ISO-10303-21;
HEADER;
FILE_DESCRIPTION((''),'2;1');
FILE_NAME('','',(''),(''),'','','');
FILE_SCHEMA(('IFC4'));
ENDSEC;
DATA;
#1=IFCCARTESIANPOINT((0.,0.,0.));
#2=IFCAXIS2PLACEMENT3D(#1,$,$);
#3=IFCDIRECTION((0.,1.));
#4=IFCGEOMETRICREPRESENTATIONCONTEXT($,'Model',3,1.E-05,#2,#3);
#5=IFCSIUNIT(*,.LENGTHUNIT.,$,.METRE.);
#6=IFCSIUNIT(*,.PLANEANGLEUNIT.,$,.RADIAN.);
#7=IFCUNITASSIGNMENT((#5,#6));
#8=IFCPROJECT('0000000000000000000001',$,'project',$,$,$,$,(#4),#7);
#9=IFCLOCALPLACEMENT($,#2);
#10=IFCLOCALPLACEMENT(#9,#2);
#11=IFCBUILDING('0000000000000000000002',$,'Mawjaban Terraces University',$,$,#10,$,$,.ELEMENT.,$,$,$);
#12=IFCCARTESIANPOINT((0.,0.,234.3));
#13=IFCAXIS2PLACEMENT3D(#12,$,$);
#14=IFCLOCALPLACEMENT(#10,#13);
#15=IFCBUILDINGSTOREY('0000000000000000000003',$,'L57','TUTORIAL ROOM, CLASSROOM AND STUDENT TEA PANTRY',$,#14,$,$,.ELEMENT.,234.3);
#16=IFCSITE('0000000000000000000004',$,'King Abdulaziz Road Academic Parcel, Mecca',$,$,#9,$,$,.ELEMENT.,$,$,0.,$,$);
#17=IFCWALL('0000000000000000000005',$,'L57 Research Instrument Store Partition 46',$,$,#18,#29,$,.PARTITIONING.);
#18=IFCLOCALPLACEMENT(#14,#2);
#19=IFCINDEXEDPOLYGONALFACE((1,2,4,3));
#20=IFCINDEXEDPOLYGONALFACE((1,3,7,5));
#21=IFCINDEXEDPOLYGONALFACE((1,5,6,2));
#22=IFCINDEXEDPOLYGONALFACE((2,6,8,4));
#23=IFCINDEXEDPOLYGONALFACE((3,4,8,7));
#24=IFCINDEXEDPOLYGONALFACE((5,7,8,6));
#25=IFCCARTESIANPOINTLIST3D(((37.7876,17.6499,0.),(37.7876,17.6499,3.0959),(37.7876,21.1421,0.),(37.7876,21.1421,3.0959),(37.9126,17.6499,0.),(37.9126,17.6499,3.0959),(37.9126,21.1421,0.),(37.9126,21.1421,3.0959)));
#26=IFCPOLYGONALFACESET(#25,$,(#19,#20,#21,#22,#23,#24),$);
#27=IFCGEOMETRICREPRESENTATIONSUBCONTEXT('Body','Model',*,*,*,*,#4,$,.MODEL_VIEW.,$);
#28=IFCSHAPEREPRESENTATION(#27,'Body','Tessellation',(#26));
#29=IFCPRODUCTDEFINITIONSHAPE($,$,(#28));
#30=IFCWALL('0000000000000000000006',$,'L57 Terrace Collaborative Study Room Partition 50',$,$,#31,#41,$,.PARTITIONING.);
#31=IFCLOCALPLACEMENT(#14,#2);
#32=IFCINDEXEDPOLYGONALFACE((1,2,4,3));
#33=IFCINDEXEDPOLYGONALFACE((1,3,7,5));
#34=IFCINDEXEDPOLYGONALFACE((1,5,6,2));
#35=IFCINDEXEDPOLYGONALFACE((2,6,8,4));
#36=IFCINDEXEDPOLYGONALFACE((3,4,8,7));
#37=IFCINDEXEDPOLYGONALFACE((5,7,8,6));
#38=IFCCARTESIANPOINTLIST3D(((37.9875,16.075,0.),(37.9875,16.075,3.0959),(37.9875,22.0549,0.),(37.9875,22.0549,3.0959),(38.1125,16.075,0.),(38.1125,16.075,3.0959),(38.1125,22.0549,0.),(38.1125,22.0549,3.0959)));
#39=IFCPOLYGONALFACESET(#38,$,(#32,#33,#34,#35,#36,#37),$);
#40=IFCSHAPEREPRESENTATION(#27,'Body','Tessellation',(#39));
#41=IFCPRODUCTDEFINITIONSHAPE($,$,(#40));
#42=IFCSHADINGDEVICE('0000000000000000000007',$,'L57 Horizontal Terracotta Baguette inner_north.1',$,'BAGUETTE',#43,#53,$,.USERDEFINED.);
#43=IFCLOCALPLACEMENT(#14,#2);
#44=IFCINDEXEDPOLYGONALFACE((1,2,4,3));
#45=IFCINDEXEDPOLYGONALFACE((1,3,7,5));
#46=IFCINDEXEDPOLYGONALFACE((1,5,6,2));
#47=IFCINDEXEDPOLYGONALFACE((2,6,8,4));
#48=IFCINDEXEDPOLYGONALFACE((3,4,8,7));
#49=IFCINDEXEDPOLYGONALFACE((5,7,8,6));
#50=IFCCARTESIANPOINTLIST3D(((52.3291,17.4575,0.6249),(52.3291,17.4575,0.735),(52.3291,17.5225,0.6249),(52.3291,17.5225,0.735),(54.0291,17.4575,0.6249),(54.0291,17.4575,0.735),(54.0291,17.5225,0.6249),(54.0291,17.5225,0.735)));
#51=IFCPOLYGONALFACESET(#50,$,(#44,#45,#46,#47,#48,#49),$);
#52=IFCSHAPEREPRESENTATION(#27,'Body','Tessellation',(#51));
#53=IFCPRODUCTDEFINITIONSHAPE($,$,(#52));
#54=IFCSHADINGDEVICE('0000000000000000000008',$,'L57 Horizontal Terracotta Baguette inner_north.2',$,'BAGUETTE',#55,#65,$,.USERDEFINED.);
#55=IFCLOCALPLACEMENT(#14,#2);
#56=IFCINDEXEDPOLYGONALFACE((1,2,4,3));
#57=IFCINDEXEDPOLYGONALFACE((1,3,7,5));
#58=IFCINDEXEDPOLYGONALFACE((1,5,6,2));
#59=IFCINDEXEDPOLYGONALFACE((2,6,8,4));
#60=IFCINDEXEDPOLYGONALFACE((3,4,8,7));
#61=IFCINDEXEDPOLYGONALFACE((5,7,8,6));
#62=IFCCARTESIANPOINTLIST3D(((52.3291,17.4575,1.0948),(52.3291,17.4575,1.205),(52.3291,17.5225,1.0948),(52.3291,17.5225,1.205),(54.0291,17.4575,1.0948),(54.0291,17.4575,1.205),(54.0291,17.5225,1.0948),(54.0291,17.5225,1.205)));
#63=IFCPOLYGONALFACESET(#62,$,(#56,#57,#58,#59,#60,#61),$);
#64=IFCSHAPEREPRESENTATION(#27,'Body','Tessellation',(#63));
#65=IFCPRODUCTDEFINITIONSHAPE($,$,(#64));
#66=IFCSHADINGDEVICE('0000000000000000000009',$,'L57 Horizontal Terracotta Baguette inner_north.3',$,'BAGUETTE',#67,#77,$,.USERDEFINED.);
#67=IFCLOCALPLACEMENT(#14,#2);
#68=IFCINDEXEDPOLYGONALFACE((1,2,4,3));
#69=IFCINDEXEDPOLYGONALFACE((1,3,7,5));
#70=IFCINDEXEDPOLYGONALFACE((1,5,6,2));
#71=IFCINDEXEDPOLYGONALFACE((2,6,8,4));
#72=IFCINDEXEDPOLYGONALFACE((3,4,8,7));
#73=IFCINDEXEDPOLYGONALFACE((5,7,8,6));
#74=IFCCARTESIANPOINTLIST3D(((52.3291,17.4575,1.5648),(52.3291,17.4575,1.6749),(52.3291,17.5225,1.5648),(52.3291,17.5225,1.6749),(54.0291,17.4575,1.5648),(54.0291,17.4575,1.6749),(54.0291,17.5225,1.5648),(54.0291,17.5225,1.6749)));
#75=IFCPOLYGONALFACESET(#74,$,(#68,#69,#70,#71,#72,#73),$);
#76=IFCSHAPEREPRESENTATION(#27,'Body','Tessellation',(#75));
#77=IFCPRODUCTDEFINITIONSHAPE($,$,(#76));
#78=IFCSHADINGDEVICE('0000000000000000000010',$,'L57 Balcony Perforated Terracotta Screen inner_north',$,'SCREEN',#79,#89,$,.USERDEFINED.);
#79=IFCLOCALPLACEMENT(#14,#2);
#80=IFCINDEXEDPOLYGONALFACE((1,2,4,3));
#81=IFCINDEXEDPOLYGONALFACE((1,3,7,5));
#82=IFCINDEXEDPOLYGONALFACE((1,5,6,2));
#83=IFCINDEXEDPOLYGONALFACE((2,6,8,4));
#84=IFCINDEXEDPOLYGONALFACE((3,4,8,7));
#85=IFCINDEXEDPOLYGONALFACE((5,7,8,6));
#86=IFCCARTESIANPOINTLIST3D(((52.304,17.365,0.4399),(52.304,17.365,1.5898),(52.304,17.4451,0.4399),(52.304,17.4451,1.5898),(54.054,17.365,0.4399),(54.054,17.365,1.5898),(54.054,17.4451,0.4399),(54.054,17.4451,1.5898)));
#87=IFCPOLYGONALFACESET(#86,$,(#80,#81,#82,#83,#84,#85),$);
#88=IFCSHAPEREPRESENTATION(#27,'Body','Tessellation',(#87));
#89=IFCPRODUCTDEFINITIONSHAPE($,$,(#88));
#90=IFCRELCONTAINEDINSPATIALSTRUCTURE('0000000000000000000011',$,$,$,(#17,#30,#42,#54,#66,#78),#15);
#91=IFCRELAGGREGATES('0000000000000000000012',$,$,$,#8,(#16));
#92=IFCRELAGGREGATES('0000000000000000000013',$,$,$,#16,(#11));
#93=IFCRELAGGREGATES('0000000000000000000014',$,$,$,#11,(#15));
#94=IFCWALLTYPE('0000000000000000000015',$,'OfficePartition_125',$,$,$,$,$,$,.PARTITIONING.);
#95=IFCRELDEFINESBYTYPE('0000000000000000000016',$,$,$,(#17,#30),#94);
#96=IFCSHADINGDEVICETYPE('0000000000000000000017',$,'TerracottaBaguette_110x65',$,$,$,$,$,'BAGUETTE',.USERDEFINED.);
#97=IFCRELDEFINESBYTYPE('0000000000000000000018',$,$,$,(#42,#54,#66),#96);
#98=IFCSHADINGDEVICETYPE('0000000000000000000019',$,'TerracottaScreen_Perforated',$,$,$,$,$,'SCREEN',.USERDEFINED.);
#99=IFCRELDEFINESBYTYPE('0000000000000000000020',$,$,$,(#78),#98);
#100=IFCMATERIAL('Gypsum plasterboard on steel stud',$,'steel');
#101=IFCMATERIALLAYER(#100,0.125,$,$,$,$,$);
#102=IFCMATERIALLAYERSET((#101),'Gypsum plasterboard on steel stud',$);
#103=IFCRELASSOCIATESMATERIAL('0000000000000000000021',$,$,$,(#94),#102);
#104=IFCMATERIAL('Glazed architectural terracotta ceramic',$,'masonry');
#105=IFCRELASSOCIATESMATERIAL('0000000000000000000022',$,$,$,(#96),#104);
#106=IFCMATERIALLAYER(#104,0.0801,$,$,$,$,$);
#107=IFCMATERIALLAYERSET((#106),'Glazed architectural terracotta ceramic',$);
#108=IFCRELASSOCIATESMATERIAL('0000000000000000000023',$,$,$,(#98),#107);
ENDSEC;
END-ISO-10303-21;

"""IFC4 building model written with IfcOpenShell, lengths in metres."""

from ifc_helpers import new_model, si_unit, direction, frame, frame_2d, origin, origin_2d, place, context, subcontext, project, spatial, rectangle, extrude, material, layer, layer_set, material_profile, profile_set, type_object, element, save


model = new_model("IFC4")

# Units and contexts
model_context = context("Model", 3, precision=1e-05, world=origin(), true_north=direction((0.0, 1.0)))
body_context = subcontext(model_context, "Body", "Model", "MODEL_VIEW")
ifc_project = project(units=[si_unit("LENGTHUNIT", "METRE"), si_unit("PLANEANGLEUNIT", "RADIAN")], contexts=[model_context])

# Site, building, storey
site_placement = place(None, origin())
site = spatial("IfcSite", under=ifc_project, at=site_placement, Name="King Abdulaziz Road Academic Parcel, Mecca", CompositionType="ELEMENT", RefElevation=0.0)
building_placement = place(site_placement, origin())
building = spatial("IfcBuilding", under=site, at=building_placement, Name="Mawjaban Terraces University", CompositionType="ELEMENT")
storey_placement = place(building_placement, frame((0.0, 0.0, 234.3)))
storey = spatial("IfcBuildingStorey", under=building, at=storey_placement, Name="L57", Description="TUTORIAL ROOM, CLASSROOM AND STUDENT TEA PANTRY", CompositionType="ELEMENT", Elevation=234.3)

# Walls
ifc_material_1 = material(Name="Gypsum plasterboard on steel stud", Category="steel")
ifc_layer_1 = layer(ifc_material_1, 0.125)
ifc_layer_set_1 = layer_set([ifc_layer_1], Name="Gypsum plasterboard on steel stud")
wall_type_1 = type_object("IfcWallType", Name="OfficePartition_125", PredefinedType="PARTITIONING", material=ifc_layer_set_1)
wall_1_placement = place(storey_placement, frame((37.8501, 17.6499, 0.0), z_axis=(0.0, 0.0, 1.0), x_axis=(0.0, 1.0, 0.0)))
element("IfcWall", 1, at=wall_1_placement, inside=storey, type_object=wall_type_1, Name="L57 Research Instrument Store Partition 46", PredefinedType="PARTITIONING", context=body_context, shape_type="SweptSolid", body=[
    extrude(rectangle(XDim=3.4922, YDim=0.125, at=frame_2d((1.7461, 0.0))), origin(), (0.0, 0.0, 1.0), 3.0959),
])
wall_2_placement = place(storey_placement, frame((38.05, 22.0549, 0.0), z_axis=(0.0, 0.0, 1.0), x_axis=(0.0, -1.0, 0.0)))
element("IfcWall", 2, at=wall_2_placement, inside=storey, type_object=wall_type_1, Name="L57 Terrace Collaborative Study Room Partition 50", PredefinedType="PARTITIONING", context=body_context, shape_type="SweptSolid", body=[
    extrude(rectangle(XDim=5.98, YDim=0.125, at=frame_2d((2.99, 0.0))), origin(), (0.0, 0.0, 1.0), 3.0959),
])

# Shading devices
ifc_material_2 = material(Name="Glazed architectural terracotta ceramic", Category="masonry")
ifc_material_profile_1 = material_profile(ifc_material_2, rectangle(XDim=0.0649, YDim=0.1101, at=origin_2d()), Name="TBAG110X65")
ifc_profile_set_1 = profile_set([ifc_material_profile_1], Name="Glazed architectural terracotta ceramic")
shading_device_type_1 = type_object("IfcShadingDeviceType", Name="TerracottaBaguette_110x65", ElementType="BAGUETTE", PredefinedType="USERDEFINED", material=ifc_profile_set_1)
for number, where, z_axis, x_axis, name in (
    (3, (52.3291, 17.49, 0.6799), (1.0, 0.0, 0.0), (0.0, 1.0, 0.0), "L57 Horizontal Terracotta Baguette inner_north.1"),
    (4, (52.3291, 17.49, 1.1499), (1.0, 0.0, 0.0), (0.0, 1.0, 0.0), "L57 Horizontal Terracotta Baguette inner_north.2"),
    (5, (52.3291, 17.49, 1.6199), (1.0, 0.0, 0.0), (0.0, 1.0, 0.0), "L57 Horizontal Terracotta Baguette inner_north.3"),
):
    element("IfcShadingDevice", number, at=place(storey_placement, frame(where, z_axis=z_axis, x_axis=x_axis)), inside=storey, type_object=shading_device_type_1, Name=name, ObjectType="BAGUETTE", PredefinedType="USERDEFINED", context=body_context, shape_type="SweptSolid", body=[
        extrude(rectangle(XDim=0.0649, YDim=0.1101, at=origin_2d()), origin(), (0.0, 0.0, 1.0), 1.7),
    ])
ifc_layer_2 = layer(ifc_material_2, 0.0801)
ifc_layer_set_2 = layer_set([ifc_layer_2], Name="Glazed architectural terracotta ceramic")
shading_device_type_2 = type_object("IfcShadingDeviceType", Name="TerracottaScreen_Perforated", ElementType="SCREEN", PredefinedType="USERDEFINED", material=ifc_layer_set_2)
shading_device_placement = place(storey_placement, frame((53.179, 17.405, 0.4399), z_axis=(0.0, 0.0, 1.0), x_axis=(1.0, 0.0, 0.0)))
element("IfcShadingDevice", 6, at=shading_device_placement, inside=storey, type_object=shading_device_type_2, Name="L57 Balcony Perforated Terracotta Screen inner_north", ObjectType="SCREEN", PredefinedType="USERDEFINED", context=body_context, shape_type="SweptSolid", body=[
    extrude(rectangle(XDim=1.75, YDim=0.0801, at=origin_2d()), origin(), (0.0, 0.0, 1.0), 1.1499),
])

save(model, "model.ifc")
